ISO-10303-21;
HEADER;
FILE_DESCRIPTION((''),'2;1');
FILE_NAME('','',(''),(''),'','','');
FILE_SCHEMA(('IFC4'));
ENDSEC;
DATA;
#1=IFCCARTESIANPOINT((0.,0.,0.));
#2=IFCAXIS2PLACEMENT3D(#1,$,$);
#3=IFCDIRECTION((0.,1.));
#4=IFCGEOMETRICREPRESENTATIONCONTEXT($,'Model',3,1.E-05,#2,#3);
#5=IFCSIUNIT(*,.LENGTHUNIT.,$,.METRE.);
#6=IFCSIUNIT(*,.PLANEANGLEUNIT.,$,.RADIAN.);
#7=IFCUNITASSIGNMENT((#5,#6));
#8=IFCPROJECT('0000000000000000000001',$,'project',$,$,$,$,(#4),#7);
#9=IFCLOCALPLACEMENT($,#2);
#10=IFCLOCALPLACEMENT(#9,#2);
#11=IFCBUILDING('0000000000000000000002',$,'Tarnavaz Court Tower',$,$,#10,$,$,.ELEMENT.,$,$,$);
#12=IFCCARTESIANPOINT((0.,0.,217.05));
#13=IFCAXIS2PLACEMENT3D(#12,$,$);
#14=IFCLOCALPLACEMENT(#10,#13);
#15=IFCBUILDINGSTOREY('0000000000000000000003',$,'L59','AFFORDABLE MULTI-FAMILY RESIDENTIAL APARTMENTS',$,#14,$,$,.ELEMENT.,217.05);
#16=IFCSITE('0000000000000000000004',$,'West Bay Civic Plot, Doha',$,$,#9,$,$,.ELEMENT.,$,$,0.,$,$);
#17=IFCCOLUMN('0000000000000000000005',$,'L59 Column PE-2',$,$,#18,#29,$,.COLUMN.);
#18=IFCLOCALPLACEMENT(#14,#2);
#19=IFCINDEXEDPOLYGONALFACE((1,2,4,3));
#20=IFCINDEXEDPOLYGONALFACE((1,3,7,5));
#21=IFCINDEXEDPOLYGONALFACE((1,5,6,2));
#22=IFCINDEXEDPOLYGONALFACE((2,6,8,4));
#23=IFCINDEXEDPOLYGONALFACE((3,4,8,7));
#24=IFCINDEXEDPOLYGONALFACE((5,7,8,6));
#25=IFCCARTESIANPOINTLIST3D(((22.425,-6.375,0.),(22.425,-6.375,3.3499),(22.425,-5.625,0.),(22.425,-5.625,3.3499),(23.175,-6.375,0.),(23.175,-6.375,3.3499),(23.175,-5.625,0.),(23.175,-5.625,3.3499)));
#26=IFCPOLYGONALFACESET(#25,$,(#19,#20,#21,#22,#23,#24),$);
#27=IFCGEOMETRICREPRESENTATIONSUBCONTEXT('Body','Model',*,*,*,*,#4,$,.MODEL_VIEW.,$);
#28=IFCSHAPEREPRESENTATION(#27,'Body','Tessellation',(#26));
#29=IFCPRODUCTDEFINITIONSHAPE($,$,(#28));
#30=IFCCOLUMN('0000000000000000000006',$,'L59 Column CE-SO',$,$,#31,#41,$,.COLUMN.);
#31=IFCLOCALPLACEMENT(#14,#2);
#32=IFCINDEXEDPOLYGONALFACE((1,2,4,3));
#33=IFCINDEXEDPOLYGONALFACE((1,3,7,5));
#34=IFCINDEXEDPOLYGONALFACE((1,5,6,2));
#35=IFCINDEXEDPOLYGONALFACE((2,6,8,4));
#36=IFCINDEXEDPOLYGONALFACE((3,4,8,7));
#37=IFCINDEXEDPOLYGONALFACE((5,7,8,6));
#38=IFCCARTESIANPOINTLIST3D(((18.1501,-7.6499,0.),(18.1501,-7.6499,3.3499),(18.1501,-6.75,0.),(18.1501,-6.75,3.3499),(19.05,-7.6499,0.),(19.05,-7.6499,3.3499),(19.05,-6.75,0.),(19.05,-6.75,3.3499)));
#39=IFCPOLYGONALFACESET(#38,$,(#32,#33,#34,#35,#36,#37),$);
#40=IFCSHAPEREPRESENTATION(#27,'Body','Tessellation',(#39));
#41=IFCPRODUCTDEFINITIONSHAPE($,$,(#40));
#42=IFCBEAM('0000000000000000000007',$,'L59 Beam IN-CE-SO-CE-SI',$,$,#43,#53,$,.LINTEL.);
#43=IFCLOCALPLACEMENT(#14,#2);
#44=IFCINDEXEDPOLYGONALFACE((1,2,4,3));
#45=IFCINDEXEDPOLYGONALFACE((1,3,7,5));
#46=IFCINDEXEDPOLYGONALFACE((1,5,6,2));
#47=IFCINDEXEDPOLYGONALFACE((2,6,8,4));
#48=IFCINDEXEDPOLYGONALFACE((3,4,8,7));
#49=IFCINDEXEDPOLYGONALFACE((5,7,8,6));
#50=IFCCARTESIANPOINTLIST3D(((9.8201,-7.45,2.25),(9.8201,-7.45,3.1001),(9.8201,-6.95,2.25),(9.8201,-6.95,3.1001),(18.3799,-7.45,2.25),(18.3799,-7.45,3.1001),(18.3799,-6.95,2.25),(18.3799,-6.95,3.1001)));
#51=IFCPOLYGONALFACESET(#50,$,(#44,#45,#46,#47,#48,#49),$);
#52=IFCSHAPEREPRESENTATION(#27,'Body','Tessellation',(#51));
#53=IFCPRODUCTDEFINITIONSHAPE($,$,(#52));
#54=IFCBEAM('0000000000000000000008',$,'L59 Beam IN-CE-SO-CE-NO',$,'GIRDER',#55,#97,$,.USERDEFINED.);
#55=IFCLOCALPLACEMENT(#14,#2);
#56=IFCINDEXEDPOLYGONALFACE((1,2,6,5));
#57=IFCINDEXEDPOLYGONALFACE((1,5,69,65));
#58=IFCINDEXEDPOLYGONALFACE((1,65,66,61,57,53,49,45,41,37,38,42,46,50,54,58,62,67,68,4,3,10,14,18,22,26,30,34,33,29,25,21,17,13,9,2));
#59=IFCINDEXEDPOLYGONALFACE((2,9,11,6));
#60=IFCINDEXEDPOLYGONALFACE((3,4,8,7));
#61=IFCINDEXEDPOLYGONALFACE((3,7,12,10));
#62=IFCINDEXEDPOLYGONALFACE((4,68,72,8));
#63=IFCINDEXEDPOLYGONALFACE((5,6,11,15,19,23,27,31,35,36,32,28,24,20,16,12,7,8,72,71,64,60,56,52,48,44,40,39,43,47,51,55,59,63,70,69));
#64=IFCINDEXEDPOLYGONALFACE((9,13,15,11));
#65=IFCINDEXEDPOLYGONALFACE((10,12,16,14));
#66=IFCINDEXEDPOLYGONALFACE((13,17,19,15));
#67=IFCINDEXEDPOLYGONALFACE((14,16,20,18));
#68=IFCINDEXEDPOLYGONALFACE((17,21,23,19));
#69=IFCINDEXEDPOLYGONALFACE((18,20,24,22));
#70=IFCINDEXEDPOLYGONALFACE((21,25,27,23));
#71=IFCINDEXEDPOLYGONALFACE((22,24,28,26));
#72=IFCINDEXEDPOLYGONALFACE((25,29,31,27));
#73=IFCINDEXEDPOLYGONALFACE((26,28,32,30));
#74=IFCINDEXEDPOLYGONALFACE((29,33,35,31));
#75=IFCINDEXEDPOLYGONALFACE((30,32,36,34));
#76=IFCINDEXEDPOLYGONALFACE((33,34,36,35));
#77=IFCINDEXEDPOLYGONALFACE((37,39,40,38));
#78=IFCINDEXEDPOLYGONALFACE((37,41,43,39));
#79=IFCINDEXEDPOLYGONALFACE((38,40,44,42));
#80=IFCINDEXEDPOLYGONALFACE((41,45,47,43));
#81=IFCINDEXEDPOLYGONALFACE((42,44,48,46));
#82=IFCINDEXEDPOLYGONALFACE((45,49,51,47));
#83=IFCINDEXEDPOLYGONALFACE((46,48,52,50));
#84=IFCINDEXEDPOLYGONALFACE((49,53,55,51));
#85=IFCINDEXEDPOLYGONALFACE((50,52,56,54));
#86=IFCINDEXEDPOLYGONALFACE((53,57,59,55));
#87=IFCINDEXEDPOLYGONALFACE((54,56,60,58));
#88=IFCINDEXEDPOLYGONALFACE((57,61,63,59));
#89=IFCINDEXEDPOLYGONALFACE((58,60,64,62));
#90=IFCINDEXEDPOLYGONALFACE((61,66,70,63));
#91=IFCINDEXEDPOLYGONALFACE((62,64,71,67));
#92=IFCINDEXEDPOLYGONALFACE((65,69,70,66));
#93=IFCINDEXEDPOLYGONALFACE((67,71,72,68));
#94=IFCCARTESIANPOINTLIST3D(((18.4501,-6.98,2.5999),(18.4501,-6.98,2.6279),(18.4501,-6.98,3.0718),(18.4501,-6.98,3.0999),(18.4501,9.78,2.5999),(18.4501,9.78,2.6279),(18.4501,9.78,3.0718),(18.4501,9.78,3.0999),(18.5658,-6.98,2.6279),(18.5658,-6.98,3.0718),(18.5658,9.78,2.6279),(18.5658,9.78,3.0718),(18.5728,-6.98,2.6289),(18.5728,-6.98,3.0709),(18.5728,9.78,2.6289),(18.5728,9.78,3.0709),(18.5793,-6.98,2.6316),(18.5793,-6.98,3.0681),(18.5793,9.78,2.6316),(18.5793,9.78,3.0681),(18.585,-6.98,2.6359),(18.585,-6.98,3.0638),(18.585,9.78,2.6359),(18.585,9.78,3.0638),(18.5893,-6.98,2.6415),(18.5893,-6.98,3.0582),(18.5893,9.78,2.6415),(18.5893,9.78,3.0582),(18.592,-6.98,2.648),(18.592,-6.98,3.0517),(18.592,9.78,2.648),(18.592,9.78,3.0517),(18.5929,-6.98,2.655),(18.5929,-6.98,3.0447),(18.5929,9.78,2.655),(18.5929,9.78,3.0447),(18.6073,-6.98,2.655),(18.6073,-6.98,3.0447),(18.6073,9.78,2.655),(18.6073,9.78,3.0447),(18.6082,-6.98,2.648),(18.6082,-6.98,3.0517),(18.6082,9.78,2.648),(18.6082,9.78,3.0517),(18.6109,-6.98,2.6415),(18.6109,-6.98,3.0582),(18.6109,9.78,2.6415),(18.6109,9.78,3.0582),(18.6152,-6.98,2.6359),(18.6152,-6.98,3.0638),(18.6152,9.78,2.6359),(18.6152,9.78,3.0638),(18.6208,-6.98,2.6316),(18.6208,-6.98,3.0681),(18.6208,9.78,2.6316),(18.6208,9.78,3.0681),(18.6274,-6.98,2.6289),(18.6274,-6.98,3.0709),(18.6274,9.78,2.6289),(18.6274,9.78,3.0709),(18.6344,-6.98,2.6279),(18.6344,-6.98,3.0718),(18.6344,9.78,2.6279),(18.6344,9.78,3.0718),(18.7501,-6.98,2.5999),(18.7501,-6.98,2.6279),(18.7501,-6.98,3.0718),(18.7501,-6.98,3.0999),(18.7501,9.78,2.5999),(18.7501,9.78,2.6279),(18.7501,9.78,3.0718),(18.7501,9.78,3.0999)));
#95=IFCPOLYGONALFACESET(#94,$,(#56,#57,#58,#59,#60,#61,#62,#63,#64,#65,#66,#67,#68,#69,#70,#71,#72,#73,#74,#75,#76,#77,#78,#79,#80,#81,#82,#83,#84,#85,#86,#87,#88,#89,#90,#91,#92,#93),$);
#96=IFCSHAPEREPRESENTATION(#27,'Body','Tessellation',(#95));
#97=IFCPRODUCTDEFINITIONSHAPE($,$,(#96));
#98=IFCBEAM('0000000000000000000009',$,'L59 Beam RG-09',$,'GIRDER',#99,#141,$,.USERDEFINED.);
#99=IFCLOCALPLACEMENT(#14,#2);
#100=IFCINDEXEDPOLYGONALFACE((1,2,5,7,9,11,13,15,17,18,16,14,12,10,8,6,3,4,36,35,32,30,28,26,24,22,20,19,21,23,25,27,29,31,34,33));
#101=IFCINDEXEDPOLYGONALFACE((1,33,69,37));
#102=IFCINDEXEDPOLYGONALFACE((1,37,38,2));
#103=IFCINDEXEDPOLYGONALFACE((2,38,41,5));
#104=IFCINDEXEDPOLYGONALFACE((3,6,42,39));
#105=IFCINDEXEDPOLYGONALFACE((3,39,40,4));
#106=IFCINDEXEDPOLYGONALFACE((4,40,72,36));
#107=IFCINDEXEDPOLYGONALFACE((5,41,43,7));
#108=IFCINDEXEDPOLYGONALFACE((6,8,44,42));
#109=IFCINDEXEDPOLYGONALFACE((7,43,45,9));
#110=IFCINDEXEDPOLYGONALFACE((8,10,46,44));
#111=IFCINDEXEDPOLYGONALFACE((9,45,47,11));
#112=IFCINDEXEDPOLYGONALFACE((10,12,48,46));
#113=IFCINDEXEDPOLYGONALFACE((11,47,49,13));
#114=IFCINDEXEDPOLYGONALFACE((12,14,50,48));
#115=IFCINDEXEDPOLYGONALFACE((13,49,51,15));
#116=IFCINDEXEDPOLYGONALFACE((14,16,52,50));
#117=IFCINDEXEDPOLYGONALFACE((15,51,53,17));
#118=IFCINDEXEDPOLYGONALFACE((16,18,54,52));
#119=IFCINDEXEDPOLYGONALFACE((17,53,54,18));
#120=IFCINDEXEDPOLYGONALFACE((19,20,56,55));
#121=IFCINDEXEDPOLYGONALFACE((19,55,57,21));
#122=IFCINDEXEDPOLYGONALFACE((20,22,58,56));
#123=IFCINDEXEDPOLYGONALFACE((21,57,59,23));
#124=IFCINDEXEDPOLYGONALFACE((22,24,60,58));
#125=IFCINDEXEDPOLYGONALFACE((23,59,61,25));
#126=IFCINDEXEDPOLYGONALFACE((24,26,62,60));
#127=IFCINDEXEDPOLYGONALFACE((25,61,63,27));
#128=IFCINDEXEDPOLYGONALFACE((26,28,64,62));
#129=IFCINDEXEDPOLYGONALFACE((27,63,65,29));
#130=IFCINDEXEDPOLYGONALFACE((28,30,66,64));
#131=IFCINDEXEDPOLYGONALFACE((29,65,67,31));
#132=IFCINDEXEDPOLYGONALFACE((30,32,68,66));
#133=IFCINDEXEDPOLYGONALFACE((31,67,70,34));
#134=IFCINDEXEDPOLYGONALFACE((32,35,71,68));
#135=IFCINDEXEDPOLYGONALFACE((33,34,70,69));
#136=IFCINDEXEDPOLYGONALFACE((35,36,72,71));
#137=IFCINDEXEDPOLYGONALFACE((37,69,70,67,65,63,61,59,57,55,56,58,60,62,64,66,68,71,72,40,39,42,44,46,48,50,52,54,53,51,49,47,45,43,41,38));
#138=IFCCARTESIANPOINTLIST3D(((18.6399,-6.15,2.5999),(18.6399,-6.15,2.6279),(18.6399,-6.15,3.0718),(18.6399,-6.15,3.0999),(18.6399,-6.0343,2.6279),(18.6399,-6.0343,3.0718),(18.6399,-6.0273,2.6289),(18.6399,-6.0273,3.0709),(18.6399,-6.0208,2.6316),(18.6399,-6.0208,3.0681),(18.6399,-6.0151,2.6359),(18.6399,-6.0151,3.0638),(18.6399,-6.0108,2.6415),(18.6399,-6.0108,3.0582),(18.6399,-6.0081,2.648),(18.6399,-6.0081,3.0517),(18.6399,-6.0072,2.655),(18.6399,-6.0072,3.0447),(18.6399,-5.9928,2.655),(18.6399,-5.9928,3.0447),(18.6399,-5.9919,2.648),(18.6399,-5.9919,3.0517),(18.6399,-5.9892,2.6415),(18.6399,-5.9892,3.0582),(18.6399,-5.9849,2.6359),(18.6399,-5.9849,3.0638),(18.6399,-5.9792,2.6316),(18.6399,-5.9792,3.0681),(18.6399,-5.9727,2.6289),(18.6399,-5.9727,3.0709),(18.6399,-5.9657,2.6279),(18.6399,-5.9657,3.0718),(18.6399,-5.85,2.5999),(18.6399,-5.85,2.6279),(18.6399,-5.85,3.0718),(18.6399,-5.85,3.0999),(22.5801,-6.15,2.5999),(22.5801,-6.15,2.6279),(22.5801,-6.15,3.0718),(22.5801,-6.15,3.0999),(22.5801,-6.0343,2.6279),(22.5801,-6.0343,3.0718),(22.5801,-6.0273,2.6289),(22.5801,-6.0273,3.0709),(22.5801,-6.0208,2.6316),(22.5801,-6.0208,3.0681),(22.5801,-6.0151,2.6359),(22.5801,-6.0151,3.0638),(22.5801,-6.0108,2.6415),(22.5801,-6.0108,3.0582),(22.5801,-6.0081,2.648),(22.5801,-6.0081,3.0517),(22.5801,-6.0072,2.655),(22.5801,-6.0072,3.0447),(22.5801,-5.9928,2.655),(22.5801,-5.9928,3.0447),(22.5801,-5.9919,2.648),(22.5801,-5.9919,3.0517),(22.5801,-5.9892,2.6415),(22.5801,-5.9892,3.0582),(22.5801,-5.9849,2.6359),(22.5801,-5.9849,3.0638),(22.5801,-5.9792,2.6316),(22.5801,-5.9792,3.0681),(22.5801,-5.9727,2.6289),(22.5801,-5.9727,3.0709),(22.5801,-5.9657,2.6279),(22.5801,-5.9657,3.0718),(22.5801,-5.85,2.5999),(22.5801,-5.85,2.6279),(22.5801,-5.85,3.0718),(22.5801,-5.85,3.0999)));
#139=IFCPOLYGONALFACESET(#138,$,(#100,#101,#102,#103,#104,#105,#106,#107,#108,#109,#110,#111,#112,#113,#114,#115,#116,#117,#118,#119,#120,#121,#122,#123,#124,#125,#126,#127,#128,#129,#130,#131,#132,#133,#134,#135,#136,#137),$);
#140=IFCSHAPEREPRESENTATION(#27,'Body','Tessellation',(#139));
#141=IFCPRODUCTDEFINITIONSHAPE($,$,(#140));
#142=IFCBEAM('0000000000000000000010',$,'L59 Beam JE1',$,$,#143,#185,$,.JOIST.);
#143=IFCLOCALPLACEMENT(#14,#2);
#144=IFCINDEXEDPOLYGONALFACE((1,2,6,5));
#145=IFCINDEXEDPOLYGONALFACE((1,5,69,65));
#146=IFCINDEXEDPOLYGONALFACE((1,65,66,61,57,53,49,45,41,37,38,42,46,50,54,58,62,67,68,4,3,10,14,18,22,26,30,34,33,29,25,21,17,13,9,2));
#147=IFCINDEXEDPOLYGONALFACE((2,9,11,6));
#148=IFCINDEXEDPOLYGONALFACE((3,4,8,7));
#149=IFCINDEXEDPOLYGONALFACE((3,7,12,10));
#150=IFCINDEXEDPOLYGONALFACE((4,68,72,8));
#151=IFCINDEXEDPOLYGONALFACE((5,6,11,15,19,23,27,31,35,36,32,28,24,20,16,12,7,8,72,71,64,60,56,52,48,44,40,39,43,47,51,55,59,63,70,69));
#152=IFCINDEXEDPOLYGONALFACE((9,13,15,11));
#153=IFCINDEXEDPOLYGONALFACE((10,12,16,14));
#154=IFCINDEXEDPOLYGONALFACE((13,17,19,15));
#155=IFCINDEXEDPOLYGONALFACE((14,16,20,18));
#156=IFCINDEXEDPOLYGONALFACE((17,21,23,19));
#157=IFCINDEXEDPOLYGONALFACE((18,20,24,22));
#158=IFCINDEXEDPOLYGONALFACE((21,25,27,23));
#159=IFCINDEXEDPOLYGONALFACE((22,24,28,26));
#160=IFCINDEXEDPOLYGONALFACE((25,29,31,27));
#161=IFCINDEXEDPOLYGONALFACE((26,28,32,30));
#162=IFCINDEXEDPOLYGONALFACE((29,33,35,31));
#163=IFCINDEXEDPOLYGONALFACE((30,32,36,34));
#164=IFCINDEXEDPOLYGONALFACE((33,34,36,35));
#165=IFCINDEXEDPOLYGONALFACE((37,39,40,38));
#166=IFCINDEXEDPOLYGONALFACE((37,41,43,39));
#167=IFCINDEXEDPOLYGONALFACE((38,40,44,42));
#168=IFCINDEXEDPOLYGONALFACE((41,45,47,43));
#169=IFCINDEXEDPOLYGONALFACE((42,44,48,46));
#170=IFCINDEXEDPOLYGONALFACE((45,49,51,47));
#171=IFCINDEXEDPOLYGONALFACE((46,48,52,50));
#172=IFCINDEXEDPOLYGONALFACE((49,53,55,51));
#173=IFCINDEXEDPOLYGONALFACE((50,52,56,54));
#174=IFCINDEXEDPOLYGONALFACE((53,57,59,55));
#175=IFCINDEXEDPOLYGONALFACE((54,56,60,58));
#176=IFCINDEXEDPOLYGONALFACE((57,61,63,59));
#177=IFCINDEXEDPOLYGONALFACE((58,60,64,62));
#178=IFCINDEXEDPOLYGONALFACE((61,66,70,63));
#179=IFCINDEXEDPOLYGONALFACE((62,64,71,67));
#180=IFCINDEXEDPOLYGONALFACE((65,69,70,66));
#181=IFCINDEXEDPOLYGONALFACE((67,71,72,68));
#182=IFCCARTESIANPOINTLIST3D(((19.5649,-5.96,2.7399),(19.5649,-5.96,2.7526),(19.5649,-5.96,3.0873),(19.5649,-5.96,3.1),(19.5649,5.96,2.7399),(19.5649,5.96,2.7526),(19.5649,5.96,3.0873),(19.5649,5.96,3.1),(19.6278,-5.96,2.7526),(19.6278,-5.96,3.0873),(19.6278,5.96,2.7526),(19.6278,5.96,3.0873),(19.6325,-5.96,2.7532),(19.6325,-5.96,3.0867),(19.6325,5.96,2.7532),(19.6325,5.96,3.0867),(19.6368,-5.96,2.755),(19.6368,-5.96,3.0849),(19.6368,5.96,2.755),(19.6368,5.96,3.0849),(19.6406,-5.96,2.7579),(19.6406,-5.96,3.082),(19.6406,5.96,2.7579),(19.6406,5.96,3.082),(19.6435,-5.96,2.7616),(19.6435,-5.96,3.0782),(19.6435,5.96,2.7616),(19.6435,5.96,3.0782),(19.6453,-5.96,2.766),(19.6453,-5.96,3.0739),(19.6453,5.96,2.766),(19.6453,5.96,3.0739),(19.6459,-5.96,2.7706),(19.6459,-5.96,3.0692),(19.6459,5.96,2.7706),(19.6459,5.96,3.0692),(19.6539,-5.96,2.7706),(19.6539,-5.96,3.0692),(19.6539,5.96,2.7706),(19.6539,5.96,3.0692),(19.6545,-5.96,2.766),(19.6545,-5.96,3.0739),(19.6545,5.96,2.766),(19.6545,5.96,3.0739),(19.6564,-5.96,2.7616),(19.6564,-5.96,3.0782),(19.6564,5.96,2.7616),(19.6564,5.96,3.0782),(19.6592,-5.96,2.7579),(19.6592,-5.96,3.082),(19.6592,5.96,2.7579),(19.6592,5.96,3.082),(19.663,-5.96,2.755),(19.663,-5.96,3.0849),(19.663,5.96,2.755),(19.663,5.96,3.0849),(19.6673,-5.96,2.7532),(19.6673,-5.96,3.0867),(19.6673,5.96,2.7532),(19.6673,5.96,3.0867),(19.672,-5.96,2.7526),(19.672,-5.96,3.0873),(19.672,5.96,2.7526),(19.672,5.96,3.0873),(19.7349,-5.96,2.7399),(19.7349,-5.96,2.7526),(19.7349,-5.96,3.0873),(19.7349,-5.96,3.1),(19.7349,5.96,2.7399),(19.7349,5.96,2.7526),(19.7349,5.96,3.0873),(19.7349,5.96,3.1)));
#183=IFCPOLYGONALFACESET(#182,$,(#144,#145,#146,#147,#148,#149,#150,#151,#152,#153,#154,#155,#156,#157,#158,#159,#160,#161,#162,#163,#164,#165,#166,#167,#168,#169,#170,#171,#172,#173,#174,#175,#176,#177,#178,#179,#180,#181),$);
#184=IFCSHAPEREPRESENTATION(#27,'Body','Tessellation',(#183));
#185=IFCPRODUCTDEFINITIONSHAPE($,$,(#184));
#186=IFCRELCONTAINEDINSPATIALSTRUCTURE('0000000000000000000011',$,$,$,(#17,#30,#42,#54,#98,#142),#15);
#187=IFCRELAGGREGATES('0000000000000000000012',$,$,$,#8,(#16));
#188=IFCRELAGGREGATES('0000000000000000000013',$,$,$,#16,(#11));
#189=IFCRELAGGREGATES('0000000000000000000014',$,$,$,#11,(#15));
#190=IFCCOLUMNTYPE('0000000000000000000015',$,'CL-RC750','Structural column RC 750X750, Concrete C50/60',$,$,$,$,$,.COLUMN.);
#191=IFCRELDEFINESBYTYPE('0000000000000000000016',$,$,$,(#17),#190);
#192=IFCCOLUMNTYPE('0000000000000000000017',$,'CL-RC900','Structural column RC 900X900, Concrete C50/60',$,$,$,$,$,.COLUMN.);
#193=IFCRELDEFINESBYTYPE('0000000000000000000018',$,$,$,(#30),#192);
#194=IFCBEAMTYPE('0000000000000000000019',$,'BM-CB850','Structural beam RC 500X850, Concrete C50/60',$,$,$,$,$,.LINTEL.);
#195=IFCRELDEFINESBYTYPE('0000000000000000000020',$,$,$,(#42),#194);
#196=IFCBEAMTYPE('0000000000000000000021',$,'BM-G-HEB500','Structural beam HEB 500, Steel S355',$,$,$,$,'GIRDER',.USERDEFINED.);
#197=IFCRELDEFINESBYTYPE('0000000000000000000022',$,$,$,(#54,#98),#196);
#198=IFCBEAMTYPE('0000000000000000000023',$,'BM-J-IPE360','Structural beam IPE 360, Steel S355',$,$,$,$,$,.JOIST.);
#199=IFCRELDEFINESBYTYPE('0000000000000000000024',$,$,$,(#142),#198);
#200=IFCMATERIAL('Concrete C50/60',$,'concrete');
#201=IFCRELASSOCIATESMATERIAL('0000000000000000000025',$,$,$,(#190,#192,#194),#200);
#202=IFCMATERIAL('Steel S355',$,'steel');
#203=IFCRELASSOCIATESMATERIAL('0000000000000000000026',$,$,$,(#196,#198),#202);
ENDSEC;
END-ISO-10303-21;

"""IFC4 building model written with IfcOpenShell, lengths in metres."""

from ifc_helpers import new_model, si_unit, direction, frame, origin, origin_2d, place, context, subcontext, project, spatial, rectangle, i_section, extrude, material, material_profile, profile_set, type_object, element, save


model = new_model("IFC4")

# Units and contexts
model_context = context("Model", 3, precision=1e-05, world=origin(), true_north=direction((0.0, 1.0)))
body_context = subcontext(model_context, "Body", "Model", "MODEL_VIEW")
ifc_project = project(units=[si_unit("LENGTHUNIT", "METRE"), si_unit("PLANEANGLEUNIT", "RADIAN")], contexts=[model_context])

# Site, building, storey
site_placement = place(None, origin())
site = spatial("IfcSite", under=ifc_project, at=site_placement, Name="West Bay Civic Plot, Doha", CompositionType="ELEMENT", RefElevation=0.0)
building_placement = place(site_placement, origin())
building = spatial("IfcBuilding", under=site, at=building_placement, Name="Tarnavaz Court Tower", CompositionType="ELEMENT")
storey_placement = place(building_placement, frame((0.0, 0.0, 217.05)))
storey = spatial("IfcBuildingStorey", under=building, at=storey_placement, Name="L59", Description="AFFORDABLE MULTI-FAMILY RESIDENTIAL APARTMENTS", CompositionType="ELEMENT", Elevation=217.05)

# Columns
ifc_material_1 = material(Name="Concrete C50/60", Category="concrete")
ifc_material_profile_1 = material_profile(ifc_material_1, rectangle(XDim=0.75, YDim=0.75, at=origin_2d()), Name="RC 750X750")
ifc_profile_set_1 = profile_set([ifc_material_profile_1], Name="Concrete C50/60")
column_type_1 = type_object("IfcColumnType", Name="CL-RC750", Description="Structural column RC 750X750, Concrete C50/60", PredefinedType="COLUMN", material=ifc_profile_set_1)
column_1_placement = place(storey_placement, frame((22.8, -6.0, 0.0), z_axis=(0.0, 0.0, 1.0), x_axis=(1.0, 0.0, 0.0)))
element("IfcColumn", 1, at=column_1_placement, inside=storey, type_object=column_type_1, Name="L59 Column PE-2", PredefinedType="COLUMN", context=body_context, shape_type="SweptSolid", body=[
    extrude(rectangle(XDim=0.75, YDim=0.75, at=origin_2d()), origin(), (0.0, 0.0, 1.0), 3.3499),
])
ifc_material_profile_2 = material_profile(ifc_material_1, rectangle(XDim=0.8999, YDim=0.8999, at=origin_2d()), Name="RC 900X900")
ifc_profile_set_2 = profile_set([ifc_material_profile_2], Name="Concrete C50/60")
column_type_2 = type_object("IfcColumnType", Name="CL-RC900", Description="Structural column RC 900X900, Concrete C50/60", PredefinedType="COLUMN", material=ifc_profile_set_2)
column_2_placement = place(storey_placement, frame((18.6001, -7.2, 0.0), z_axis=(0.0, 0.0, 1.0), x_axis=(1.0, 0.0, 0.0)))
element("IfcColumn", 2, at=column_2_placement, inside=storey, type_object=column_type_2, Name="L59 Column CE-SO", PredefinedType="COLUMN", context=body_context, shape_type="SweptSolid", body=[
    extrude(rectangle(XDim=0.8999, YDim=0.8999, at=origin_2d()), origin(), (0.0, 0.0, 1.0), 3.3499),
])

# Beams
ifc_material_profile_3 = material_profile(ifc_material_1, rectangle(XDim=0.5, YDim=0.8501, at=origin_2d()), Name="RC 500X850")
ifc_profile_set_3 = profile_set([ifc_material_profile_3], Name="Concrete C50/60")
beam_type_1 = type_object("IfcBeamType", Name="BM-CB850", Description="Structural beam RC 500X850, Concrete C50/60", PredefinedType="LINTEL", material=ifc_profile_set_3)
beam_1_placement = place(storey_placement, frame((18.3799, -7.2, 2.675), z_axis=(-1.0, 0.0, 0.0), x_axis=(0.0, -1.0, 0.0)))
element("IfcBeam", 3, at=beam_1_placement, inside=storey, type_object=beam_type_1, Name="L59 Beam IN-CE-SO-CE-SI", PredefinedType="LINTEL", context=body_context, shape_type="SweptSolid", body=[
    extrude(rectangle(XDim=0.5, YDim=0.8501, at=origin_2d()), origin(), (0.0, 0.0, 1.0), 8.5598),
])
ifc_material_2 = material(Name="Steel S355", Category="steel")
ifc_material_profile_4 = material_profile(ifc_material_2, i_section(OverallWidth=0.3, OverallDepth=0.5, WebThickness=0.0144, FlangeThickness=0.0281, FilletRadius=0.0271, at=origin_2d()), Name="HEB 500")
ifc_profile_set_4 = profile_set([ifc_material_profile_4], Name="Steel S355")
beam_type_2 = type_object("IfcBeamType", Name="BM-G-HEB500", Description="Structural beam HEB 500, Steel S355", ElementType="GIRDER", PredefinedType="USERDEFINED", material=ifc_profile_set_4)
beam_2_placement = place(storey_placement, frame((18.6001, -6.98, 2.8499), z_axis=(0.0, 1.0, 0.0), x_axis=(-1.0, 0.0, 0.0)))
element("IfcBeam", 4, at=beam_2_placement, inside=storey, type_object=beam_type_2, Name="L59 Beam IN-CE-SO-CE-NO", ObjectType="GIRDER", PredefinedType="USERDEFINED", context=body_context, shape_type="SweptSolid", body=[
    extrude(i_section(OverallWidth=0.3, OverallDepth=0.5, WebThickness=0.0144, FlangeThickness=0.0281, FilletRadius=0.0271, at=origin_2d()), origin(), (0.0, 0.0, 1.0), 16.76),
])
beam_3_placement = place(storey_placement, frame((18.6399, -6.0, 2.8499), z_axis=(1.0, 0.0, 0.0), x_axis=(0.0, 1.0, 0.0)))
element("IfcBeam", 5, at=beam_3_placement, inside=storey, type_object=beam_type_2, Name="L59 Beam RG-09", ObjectType="GIRDER", PredefinedType="USERDEFINED", context=body_context, shape_type="SweptSolid", body=[
    extrude(i_section(OverallWidth=0.3, OverallDepth=0.5, WebThickness=0.0144, FlangeThickness=0.0281, FilletRadius=0.0271, at=origin_2d()), origin(), (0.0, 0.0, 1.0), 3.9402),
])
ifc_material_profile_5 = material_profile(ifc_material_2, i_section(OverallWidth=0.1699, OverallDepth=0.3601, WebThickness=0.0081, FlangeThickness=0.0127, FilletRadius=0.0181, at=origin_2d()), Name="IPE 360")
ifc_profile_set_5 = profile_set([ifc_material_profile_5], Name="Steel S355")
beam_type_3 = type_object("IfcBeamType", Name="BM-J-IPE360", Description="Structural beam IPE 360, Steel S355", PredefinedType="JOIST", material=ifc_profile_set_5)
for number, where, z_axis, x_axis, name in (
    (6, (19.6499, -5.96, 2.9199), (0.0, 1.0, 0.0), (-1.0, 0.0, 0.0), "L59 Beam JE1"),
):
    element("IfcBeam", number, at=place(storey_placement, frame(where, z_axis=z_axis, x_axis=x_axis)), inside=storey, type_object=beam_type_3, Name=name, PredefinedType="JOIST", context=body_context, shape_type="SweptSolid", body=[
        extrude(i_section(OverallWidth=0.1699, OverallDepth=0.3601, WebThickness=0.0081, FlangeThickness=0.0127, FilletRadius=0.0181, at=origin_2d()), origin(), (0.0, 0.0, 1.0), 11.9199),
    ])

save(model, "model.ifc")
